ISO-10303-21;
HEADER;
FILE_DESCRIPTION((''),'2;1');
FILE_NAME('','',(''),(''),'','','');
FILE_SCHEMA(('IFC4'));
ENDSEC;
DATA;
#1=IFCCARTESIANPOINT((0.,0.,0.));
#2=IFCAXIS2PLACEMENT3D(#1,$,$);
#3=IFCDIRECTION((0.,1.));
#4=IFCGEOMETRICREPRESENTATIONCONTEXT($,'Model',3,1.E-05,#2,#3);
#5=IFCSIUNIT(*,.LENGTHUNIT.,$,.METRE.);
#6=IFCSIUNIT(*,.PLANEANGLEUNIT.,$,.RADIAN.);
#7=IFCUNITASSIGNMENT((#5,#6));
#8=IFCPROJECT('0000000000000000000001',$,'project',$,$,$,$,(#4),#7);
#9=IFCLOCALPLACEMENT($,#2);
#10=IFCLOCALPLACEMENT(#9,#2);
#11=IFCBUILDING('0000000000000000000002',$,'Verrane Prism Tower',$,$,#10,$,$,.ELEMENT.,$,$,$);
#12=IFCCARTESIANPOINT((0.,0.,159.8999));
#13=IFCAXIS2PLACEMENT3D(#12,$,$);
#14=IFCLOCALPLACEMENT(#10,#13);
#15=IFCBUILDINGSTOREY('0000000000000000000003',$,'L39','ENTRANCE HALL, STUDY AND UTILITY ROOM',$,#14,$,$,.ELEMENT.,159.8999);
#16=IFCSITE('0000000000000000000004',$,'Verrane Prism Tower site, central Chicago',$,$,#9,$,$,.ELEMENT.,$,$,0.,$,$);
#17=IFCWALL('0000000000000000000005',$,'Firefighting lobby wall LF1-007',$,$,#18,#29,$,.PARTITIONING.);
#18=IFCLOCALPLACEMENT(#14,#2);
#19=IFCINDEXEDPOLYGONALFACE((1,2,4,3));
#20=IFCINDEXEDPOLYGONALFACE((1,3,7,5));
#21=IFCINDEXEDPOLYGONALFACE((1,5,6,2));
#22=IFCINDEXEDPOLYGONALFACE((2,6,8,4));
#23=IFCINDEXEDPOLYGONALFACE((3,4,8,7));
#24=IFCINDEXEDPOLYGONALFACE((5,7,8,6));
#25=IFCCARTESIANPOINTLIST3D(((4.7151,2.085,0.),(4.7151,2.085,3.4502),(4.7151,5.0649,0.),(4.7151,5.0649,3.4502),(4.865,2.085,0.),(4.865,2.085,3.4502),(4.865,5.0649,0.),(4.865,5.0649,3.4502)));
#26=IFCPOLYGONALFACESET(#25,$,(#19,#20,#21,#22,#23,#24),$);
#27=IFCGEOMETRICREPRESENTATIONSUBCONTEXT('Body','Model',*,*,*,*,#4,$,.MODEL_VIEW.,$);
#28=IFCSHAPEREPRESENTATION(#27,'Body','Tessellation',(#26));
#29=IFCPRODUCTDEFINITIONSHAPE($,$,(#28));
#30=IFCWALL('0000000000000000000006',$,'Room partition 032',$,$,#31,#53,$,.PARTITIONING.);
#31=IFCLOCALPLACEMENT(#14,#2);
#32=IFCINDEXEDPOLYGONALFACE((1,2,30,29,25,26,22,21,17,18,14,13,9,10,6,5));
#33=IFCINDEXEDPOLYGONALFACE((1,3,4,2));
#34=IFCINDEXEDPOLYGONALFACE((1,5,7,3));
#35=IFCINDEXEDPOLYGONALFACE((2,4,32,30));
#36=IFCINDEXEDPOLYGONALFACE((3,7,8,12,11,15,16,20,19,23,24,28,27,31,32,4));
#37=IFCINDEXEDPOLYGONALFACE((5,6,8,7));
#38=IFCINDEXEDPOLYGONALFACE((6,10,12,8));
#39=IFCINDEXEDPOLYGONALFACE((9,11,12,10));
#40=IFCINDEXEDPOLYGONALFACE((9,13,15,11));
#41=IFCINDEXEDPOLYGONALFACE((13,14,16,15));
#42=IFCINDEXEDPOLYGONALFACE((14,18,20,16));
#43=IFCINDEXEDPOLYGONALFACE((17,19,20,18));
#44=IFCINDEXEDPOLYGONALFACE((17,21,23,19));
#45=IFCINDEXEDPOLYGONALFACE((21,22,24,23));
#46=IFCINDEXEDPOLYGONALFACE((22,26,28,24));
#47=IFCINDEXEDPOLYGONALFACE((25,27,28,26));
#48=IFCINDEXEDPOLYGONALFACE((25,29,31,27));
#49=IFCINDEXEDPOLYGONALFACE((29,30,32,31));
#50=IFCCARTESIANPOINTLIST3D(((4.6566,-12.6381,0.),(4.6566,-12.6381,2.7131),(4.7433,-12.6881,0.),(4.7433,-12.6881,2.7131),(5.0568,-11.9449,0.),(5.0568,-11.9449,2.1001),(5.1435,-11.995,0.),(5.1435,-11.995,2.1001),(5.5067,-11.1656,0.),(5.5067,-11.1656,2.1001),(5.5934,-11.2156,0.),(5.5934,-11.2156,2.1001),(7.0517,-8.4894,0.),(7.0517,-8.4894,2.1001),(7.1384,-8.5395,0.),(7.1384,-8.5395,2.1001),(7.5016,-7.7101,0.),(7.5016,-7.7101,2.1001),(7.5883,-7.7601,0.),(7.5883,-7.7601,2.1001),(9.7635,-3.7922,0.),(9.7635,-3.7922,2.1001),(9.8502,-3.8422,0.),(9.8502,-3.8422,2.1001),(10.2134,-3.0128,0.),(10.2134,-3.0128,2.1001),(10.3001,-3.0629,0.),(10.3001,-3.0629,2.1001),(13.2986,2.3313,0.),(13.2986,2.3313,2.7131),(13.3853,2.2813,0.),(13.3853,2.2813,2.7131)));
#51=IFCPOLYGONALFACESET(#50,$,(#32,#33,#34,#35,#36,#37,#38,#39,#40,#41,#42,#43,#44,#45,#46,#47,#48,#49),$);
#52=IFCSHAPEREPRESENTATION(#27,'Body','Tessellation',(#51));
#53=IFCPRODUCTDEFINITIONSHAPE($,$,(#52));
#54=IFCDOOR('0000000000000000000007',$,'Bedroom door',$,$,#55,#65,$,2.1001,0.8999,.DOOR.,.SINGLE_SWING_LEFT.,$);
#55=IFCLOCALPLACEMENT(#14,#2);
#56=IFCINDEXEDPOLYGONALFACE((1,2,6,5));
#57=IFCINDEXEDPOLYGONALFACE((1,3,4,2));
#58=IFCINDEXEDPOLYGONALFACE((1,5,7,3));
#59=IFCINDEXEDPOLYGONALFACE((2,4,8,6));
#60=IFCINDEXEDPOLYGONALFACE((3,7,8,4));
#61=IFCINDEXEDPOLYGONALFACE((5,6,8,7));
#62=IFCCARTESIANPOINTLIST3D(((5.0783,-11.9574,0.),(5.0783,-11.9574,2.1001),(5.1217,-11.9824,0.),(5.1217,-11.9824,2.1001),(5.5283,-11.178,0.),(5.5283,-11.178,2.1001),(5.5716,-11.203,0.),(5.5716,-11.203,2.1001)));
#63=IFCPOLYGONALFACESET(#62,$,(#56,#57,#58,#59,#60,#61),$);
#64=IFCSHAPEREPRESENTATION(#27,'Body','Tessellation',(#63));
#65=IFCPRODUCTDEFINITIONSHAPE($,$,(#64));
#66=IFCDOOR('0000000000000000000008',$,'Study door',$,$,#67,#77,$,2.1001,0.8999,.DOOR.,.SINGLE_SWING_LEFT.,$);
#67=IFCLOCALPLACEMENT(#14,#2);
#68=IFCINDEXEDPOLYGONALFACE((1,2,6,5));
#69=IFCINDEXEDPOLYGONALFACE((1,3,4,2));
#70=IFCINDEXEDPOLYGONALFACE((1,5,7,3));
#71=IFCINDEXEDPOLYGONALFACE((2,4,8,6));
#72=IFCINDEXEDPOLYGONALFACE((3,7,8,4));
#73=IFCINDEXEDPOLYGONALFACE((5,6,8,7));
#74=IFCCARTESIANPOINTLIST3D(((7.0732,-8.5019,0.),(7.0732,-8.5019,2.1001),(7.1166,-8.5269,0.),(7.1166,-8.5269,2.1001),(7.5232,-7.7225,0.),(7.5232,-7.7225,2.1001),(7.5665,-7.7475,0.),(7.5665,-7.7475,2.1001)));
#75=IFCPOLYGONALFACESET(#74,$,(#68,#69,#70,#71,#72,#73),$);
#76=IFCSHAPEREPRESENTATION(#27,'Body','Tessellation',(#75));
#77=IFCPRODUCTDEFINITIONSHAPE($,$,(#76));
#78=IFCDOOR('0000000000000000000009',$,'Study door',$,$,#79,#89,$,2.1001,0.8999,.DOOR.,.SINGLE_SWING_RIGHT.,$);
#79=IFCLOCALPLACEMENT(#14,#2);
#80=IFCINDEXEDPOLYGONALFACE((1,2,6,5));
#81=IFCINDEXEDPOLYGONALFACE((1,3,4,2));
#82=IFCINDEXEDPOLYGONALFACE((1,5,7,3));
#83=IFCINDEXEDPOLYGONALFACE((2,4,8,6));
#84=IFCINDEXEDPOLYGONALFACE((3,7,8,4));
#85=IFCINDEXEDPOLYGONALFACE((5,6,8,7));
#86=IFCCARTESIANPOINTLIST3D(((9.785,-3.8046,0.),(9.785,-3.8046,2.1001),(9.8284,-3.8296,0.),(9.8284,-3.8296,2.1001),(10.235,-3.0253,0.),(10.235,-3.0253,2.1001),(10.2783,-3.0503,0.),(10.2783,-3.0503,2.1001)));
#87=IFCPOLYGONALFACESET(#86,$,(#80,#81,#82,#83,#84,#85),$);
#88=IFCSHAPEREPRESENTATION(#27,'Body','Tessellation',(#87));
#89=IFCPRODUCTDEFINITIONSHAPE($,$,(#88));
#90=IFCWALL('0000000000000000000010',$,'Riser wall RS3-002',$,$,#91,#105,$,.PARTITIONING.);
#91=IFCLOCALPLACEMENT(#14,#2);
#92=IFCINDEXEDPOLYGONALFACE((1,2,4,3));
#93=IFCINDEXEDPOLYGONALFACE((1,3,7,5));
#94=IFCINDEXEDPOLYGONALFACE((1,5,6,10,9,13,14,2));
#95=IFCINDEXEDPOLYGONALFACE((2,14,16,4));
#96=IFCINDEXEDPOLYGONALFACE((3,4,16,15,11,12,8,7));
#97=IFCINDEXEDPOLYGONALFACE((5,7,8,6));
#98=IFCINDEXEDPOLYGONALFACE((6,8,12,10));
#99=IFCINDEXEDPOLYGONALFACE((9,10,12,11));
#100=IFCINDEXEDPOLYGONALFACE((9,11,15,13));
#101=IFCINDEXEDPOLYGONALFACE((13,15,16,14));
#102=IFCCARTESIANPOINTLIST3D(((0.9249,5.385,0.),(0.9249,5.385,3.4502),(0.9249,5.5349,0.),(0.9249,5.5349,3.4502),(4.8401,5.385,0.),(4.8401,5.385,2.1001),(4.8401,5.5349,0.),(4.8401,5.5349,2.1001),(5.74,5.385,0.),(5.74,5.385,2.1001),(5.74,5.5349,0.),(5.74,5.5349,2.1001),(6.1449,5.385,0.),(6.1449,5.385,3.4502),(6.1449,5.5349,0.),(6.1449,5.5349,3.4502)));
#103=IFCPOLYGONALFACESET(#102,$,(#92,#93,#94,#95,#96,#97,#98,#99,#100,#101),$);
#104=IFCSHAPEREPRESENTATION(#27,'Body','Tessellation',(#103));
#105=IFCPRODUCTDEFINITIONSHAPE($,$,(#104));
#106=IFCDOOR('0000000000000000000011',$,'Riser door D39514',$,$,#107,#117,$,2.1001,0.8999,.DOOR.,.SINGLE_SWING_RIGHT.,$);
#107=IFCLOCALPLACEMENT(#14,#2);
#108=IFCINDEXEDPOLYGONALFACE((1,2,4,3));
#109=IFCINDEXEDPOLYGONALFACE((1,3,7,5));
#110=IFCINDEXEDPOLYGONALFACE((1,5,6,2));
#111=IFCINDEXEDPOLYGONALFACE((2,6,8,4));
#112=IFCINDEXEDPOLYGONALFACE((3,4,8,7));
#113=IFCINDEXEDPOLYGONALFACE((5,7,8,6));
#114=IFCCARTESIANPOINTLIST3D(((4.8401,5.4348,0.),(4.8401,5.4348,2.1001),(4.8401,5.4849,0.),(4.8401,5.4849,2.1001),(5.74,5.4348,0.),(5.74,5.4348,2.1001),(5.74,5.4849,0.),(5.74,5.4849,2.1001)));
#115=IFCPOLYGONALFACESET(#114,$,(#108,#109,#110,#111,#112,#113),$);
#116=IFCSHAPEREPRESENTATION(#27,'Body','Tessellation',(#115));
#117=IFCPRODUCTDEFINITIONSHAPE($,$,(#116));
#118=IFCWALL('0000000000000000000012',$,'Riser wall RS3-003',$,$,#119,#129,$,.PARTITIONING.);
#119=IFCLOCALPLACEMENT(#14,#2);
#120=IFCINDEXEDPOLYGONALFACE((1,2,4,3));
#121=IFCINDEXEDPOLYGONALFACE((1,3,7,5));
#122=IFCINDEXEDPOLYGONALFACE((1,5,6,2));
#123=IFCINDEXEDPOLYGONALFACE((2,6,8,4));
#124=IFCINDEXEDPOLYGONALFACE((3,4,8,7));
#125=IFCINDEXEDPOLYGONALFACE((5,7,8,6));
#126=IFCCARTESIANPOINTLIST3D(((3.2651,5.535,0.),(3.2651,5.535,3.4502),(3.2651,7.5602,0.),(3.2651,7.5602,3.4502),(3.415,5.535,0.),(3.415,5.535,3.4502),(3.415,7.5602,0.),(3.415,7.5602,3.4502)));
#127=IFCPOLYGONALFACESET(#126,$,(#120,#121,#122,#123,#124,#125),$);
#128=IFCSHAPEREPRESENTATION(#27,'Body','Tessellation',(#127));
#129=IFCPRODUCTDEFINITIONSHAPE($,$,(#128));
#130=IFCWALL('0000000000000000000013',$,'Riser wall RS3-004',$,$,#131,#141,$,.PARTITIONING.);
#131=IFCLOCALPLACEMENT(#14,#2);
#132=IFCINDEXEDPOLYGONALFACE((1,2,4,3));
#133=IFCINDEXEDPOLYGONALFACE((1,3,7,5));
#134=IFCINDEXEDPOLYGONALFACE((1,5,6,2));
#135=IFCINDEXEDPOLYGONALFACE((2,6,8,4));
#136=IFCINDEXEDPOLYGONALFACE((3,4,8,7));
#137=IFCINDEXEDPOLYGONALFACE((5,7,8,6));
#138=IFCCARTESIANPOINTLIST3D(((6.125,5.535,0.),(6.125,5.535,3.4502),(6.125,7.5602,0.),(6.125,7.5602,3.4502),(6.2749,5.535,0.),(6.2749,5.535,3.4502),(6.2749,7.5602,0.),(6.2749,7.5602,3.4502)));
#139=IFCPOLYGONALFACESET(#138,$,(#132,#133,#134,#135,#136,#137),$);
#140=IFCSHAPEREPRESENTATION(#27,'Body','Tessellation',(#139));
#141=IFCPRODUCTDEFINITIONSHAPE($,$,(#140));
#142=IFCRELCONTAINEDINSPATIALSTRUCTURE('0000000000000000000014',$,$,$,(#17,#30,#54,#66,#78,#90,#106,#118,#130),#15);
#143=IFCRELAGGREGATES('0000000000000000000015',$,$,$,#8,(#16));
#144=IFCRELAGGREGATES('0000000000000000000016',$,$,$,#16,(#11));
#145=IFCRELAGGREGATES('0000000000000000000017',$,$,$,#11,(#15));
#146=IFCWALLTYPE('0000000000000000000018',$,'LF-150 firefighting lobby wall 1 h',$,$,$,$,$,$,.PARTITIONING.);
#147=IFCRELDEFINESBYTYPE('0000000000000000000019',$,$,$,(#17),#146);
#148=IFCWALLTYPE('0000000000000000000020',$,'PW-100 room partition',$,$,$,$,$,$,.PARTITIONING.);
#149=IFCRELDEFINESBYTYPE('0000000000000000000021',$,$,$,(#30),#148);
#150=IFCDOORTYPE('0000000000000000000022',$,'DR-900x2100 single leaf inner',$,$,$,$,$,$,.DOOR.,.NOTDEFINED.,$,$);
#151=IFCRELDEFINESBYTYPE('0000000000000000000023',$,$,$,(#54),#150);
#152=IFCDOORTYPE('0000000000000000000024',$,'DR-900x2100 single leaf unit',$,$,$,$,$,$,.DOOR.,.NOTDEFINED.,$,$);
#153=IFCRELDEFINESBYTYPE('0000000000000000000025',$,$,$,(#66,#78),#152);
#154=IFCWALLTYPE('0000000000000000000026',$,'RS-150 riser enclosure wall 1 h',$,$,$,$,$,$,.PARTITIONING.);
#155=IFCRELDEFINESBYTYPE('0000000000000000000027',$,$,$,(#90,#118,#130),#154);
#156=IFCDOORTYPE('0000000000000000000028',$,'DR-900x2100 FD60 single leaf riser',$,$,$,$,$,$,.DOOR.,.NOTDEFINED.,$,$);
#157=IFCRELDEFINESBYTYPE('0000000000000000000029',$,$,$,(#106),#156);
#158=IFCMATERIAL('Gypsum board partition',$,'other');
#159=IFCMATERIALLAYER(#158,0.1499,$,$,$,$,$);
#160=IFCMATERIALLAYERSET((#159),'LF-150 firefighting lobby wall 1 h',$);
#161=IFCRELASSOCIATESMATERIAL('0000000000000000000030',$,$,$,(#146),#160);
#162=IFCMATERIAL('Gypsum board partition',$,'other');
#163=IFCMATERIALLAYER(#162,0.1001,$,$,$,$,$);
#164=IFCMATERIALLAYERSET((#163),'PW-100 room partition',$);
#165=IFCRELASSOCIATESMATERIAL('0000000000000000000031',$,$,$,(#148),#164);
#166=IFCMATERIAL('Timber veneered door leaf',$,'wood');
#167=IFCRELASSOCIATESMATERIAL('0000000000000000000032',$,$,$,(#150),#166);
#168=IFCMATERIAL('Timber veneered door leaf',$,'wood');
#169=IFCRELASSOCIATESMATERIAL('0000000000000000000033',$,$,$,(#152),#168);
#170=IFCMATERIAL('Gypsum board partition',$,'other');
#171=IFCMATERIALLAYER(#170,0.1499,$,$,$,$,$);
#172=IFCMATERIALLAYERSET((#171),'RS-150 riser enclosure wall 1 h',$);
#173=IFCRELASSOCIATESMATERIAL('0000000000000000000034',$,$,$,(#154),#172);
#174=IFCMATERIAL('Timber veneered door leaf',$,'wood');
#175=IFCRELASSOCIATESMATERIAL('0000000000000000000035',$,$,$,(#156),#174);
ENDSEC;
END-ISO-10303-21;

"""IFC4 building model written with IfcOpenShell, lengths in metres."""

from ifc_helpers import new_model, si_unit, direction, frame, frame_2d, origin, place, context, subcontext, project, spatial, rectangle, extrude, material, layer, layer_set, type_object, element, fill, save


model = new_model("IFC4")

# Units and contexts
model_context = context("Model", 3, precision=1e-05, world=origin(), true_north=direction((0.0, 1.0)))
body_context = subcontext(model_context, "Body", "Model", "MODEL_VIEW")
ifc_project = project(units=[si_unit("LENGTHUNIT", "METRE"), si_unit("PLANEANGLEUNIT", "RADIAN")], contexts=[model_context])

# Site, building, storey
site_placement = place(None, origin())
site = spatial("IfcSite", under=ifc_project, at=site_placement, Name="Verrane Prism Tower site, central Chicago", CompositionType="ELEMENT", RefElevation=0.0)
building_placement = place(site_placement, origin())
building = spatial("IfcBuilding", under=site, at=building_placement, Name="Verrane Prism Tower", CompositionType="ELEMENT")
storey_placement = place(building_placement, frame((0.0, 0.0, 159.8999)))
storey = spatial("IfcBuildingStorey", under=building, at=storey_placement, Name="L39", Description="ENTRANCE HALL, STUDY AND UTILITY ROOM", CompositionType="ELEMENT", Elevation=159.8999)

# Wall
ifc_material_1 = material(Name="Gypsum board partition", Category="other")
ifc_layer_1 = layer(ifc_material_1, 0.1499)
ifc_layer_set_1 = layer_set([ifc_layer_1], Name="LF-150 firefighting lobby wall 1 h")
wall_type_1 = type_object("IfcWallType", Name="LF-150 firefighting lobby wall 1 h", PredefinedType="PARTITIONING", material=ifc_layer_set_1)
wall_1_placement = place(storey_placement, frame((4.79, 2.085, 0.0), z_axis=(0.0, 0.0, 1.0), x_axis=(0.0, 1.0, 0.0)))
element("IfcWall", 1, at=wall_1_placement, inside=storey, type_object=wall_type_1, Name="Firefighting lobby wall LF1-007", PredefinedType="PARTITIONING", context=body_context, shape_type="SweptSolid", body=[
    extrude(rectangle(XDim=2.98, YDim=0.1499, at=frame_2d((1.49, 0.0))), origin(), (0.0, 0.0, 1.0), 3.4502),
])

# Wall, openings, doors
ifc_material_2 = material(Name="Gypsum board partition", Category="other")
ifc_layer_2 = layer(ifc_material_2, 0.1001)
ifc_layer_set_2 = layer_set([ifc_layer_2], Name="PW-100 room partition")
wall_type_2 = type_object("IfcWallType", Name="PW-100 room partition", PredefinedType="PARTITIONING", material=ifc_layer_set_2)
wall_2_placement = place(storey_placement, frame((13.342, 2.3064, 0.0), z_axis=(0.0, 0.0, 1.0), x_axis=(-0.499976, -0.866039, 0.0)))
wall_2 = element("IfcWall", 2, at=wall_2_placement, inside=storey, type_object=wall_type_2, Name="Room partition 032", PredefinedType="PARTITIONING", context=body_context, shape_type="SweptSolid", body=[
    extrude(rectangle(XDim=17.2849, YDim=0.1001, at=frame_2d((8.6426, 0.0))), origin(), (0.0, 0.0, 1.0), 2.7131),
])
opening_1_placement = place(wall_2_placement, frame((15.5847, 0.0, 0.0)))
opening_1 = element("IfcOpeningElement", 3, at=opening_1_placement, cuts=wall_2, PredefinedType="OPENING", context=body_context, shape_type="SweptSolid", body=[
    extrude(rectangle(XDim=0.8999, YDim=2.1001, at=frame_2d((0.45, 1.05))), frame((0.0, 0.0601, 0.0), z_axis=(0.0, -1.0, 0.0), x_axis=(1.0, 0.0, 0.0)), (0.0, 0.0, 1.0), 0.1201),
])
opening_2_placement = place(wall_2_placement, frame((11.5947, 0.0, 0.0)))
opening_2 = element("IfcOpeningElement", 4, at=opening_2_placement, cuts=wall_2, PredefinedType="OPENING", context=body_context, shape_type="SweptSolid", body=[
    extrude(rectangle(XDim=0.8999, YDim=2.1001, at=frame_2d((0.45, 1.05))), frame((0.0, 0.0601, 0.0), z_axis=(0.0, -1.0, 0.0), x_axis=(1.0, 0.0, 0.0)), (0.0, 0.0, 1.0), 0.1201),
])
opening_3_placement = place(wall_2_placement, frame((6.1709, 0.0, 0.0)))
opening_3 = element("IfcOpeningElement", 5, at=opening_3_placement, cuts=wall_2, PredefinedType="OPENING", context=body_context, shape_type="SweptSolid", body=[
    extrude(rectangle(XDim=0.8999, YDim=2.1001, at=frame_2d((0.45, 1.05))), frame((0.0, 0.0601, 0.0), z_axis=(0.0, -1.0, 0.0), x_axis=(1.0, 0.0, 0.0)), (0.0, 0.0, 1.0), 0.1201),
])
ifc_material_3 = material(Name="Timber veneered door leaf", Category="wood")
door_type_1 = type_object("IfcDoorType", Name="DR-900x2100 single leaf inner", OperationType="NOTDEFINED", PredefinedType="DOOR", material=ifc_material_3)
door_1_placement = place(opening_1_placement, origin())
door_1 = element("IfcDoor", 6, at=door_1_placement, inside=storey, type_object=door_type_1, Name="Bedroom door", OperationType="SINGLE_SWING_LEFT", OverallHeight=2.1001, OverallWidth=0.8999, PredefinedType="DOOR", context=body_context, shape_type="SweptSolid", body=[
    extrude(rectangle(XDim=0.8999, YDim=2.1001, at=frame_2d((0.45, 1.05))), frame((0.0, 0.0249, 0.0), z_axis=(0.0, -1.0, 0.0), x_axis=(1.0, 0.0, 0.0)), (0.0, 0.0, 1.0), 0.05),
])
fill(opening_1, door_1)
ifc_material_4 = material(Name="Timber veneered door leaf", Category="wood")
door_type_2 = type_object("IfcDoorType", Name="DR-900x2100 single leaf unit", OperationType="NOTDEFINED", PredefinedType="DOOR", material=ifc_material_4)
door_2_placement = place(opening_2_placement, origin())
door_2 = element("IfcDoor", 7, at=door_2_placement, inside=storey, type_object=door_type_2, Name="Study door", OperationType="SINGLE_SWING_LEFT", OverallHeight=2.1001, OverallWidth=0.8999, PredefinedType="DOOR", context=body_context, shape_type="SweptSolid", body=[
    extrude(rectangle(XDim=0.8999, YDim=2.1001, at=frame_2d((0.45, 1.05))), frame((0.0, 0.0249, 0.0), z_axis=(0.0, -1.0, 0.0), x_axis=(1.0, 0.0, 0.0)), (0.0, 0.0, 1.0), 0.05),
])
fill(opening_2, door_2)
door_3_placement = place(opening_3_placement, origin())
door_3 = element("IfcDoor", 8, at=door_3_placement, inside=storey, type_object=door_type_2, Name="Study door", OperationType="SINGLE_SWING_RIGHT", OverallHeight=2.1001, OverallWidth=0.8999, PredefinedType="DOOR", context=body_context, shape_type="SweptSolid", body=[
    extrude(rectangle(XDim=0.8999, YDim=2.1001, at=frame_2d((0.45, 1.05))), frame((0.0, 0.0249, 0.0), z_axis=(0.0, -1.0, 0.0), x_axis=(1.0, 0.0, 0.0)), (0.0, 0.0, 1.0), 0.05),
])
fill(opening_3, door_3)

# Wall, opening, door
ifc_material_5 = material(Name="Gypsum board partition", Category="other")
ifc_layer_3 = layer(ifc_material_5, 0.1499)
ifc_layer_set_3 = layer_set([ifc_layer_3], Name="RS-150 riser enclosure wall 1 h")
wall_type_3 = type_object("IfcWallType", Name="RS-150 riser enclosure wall 1 h", PredefinedType="PARTITIONING", material=ifc_layer_set_3)
wall_3_placement = place(storey_placement, frame((0.925, 5.46, 0.0), z_axis=(0.0, 0.0, 1.0), x_axis=(1.0, 0.0, 0.0)))
wall_3 = element("IfcWall", 9, at=wall_3_placement, inside=storey, type_object=wall_type_3, Name="Riser wall RS3-002", PredefinedType="PARTITIONING", context=body_context, shape_type="SweptSolid", body=[
    extrude(rectangle(XDim=5.22, YDim=0.1499, at=frame_2d((2.6099, 0.0))), origin(), (0.0, 0.0, 1.0), 3.4502),
])
opening_4_placement = place(wall_3_placement, frame((3.915, 0.0, 0.0)))
opening_4 = element("IfcOpeningElement", 10, at=opening_4_placement, cuts=wall_3, PredefinedType="OPENING", context=body_context, shape_type="SweptSolid", body=[
    extrude(rectangle(XDim=0.8999, YDim=2.1001, at=frame_2d((0.45, 1.05))), frame((0.0, 0.085, 0.0), z_axis=(0.0, -1.0, 0.0), x_axis=(1.0, 0.0, 0.0)), (0.0, 0.0, 1.0), 0.1699),
])
ifc_material_6 = material(Name="Timber veneered door leaf", Category="wood")
door_type_3 = type_object("IfcDoorType", Name="DR-900x2100 FD60 single leaf riser", OperationType="NOTDEFINED", PredefinedType="DOOR", material=ifc_material_6)
door_4_placement = place(opening_4_placement, origin())
door_4 = element("IfcDoor", 11, at=door_4_placement, inside=storey, type_object=door_type_3, Name="Riser door D39514", OperationType="SINGLE_SWING_RIGHT", OverallHeight=2.1001, OverallWidth=0.8999, PredefinedType="DOOR", context=body_context, shape_type="SweptSolid", body=[
    extrude(rectangle(XDim=0.8999, YDim=2.1001, at=frame_2d((0.45, 1.05))), frame((0.0, 0.0249, 0.0), z_axis=(0.0, -1.0, 0.0), x_axis=(1.0, 0.0, 0.0)), (0.0, 0.0, 1.0), 0.05),
])
fill(opening_4, door_4)

# Walls
for number, where, z_axis, x_axis, name in (
    (12, (3.3401, 5.5349, 0.0), (0.0, 0.0, 1.0), (0.0, 1.0, 0.0), "Riser wall RS3-003"),
    (13, (6.2, 5.5349, 0.0), (0.0, 0.0, 1.0), (0.0, 1.0, 0.0), "Riser wall RS3-004"),
):
    element("IfcWall", number, at=place(storey_placement, frame(where, z_axis=z_axis, x_axis=x_axis)), inside=storey, type_object=wall_type_3, Name=name, PredefinedType="PARTITIONING", context=body_context, shape_type="SweptSolid", body=[
        extrude(rectangle(XDim=2.0251, YDim=0.1499, at=frame_2d((1.0127, 0.0))), origin(), (0.0, 0.0, 1.0), 3.4502),
    ])

save(model, "model.ifc")
